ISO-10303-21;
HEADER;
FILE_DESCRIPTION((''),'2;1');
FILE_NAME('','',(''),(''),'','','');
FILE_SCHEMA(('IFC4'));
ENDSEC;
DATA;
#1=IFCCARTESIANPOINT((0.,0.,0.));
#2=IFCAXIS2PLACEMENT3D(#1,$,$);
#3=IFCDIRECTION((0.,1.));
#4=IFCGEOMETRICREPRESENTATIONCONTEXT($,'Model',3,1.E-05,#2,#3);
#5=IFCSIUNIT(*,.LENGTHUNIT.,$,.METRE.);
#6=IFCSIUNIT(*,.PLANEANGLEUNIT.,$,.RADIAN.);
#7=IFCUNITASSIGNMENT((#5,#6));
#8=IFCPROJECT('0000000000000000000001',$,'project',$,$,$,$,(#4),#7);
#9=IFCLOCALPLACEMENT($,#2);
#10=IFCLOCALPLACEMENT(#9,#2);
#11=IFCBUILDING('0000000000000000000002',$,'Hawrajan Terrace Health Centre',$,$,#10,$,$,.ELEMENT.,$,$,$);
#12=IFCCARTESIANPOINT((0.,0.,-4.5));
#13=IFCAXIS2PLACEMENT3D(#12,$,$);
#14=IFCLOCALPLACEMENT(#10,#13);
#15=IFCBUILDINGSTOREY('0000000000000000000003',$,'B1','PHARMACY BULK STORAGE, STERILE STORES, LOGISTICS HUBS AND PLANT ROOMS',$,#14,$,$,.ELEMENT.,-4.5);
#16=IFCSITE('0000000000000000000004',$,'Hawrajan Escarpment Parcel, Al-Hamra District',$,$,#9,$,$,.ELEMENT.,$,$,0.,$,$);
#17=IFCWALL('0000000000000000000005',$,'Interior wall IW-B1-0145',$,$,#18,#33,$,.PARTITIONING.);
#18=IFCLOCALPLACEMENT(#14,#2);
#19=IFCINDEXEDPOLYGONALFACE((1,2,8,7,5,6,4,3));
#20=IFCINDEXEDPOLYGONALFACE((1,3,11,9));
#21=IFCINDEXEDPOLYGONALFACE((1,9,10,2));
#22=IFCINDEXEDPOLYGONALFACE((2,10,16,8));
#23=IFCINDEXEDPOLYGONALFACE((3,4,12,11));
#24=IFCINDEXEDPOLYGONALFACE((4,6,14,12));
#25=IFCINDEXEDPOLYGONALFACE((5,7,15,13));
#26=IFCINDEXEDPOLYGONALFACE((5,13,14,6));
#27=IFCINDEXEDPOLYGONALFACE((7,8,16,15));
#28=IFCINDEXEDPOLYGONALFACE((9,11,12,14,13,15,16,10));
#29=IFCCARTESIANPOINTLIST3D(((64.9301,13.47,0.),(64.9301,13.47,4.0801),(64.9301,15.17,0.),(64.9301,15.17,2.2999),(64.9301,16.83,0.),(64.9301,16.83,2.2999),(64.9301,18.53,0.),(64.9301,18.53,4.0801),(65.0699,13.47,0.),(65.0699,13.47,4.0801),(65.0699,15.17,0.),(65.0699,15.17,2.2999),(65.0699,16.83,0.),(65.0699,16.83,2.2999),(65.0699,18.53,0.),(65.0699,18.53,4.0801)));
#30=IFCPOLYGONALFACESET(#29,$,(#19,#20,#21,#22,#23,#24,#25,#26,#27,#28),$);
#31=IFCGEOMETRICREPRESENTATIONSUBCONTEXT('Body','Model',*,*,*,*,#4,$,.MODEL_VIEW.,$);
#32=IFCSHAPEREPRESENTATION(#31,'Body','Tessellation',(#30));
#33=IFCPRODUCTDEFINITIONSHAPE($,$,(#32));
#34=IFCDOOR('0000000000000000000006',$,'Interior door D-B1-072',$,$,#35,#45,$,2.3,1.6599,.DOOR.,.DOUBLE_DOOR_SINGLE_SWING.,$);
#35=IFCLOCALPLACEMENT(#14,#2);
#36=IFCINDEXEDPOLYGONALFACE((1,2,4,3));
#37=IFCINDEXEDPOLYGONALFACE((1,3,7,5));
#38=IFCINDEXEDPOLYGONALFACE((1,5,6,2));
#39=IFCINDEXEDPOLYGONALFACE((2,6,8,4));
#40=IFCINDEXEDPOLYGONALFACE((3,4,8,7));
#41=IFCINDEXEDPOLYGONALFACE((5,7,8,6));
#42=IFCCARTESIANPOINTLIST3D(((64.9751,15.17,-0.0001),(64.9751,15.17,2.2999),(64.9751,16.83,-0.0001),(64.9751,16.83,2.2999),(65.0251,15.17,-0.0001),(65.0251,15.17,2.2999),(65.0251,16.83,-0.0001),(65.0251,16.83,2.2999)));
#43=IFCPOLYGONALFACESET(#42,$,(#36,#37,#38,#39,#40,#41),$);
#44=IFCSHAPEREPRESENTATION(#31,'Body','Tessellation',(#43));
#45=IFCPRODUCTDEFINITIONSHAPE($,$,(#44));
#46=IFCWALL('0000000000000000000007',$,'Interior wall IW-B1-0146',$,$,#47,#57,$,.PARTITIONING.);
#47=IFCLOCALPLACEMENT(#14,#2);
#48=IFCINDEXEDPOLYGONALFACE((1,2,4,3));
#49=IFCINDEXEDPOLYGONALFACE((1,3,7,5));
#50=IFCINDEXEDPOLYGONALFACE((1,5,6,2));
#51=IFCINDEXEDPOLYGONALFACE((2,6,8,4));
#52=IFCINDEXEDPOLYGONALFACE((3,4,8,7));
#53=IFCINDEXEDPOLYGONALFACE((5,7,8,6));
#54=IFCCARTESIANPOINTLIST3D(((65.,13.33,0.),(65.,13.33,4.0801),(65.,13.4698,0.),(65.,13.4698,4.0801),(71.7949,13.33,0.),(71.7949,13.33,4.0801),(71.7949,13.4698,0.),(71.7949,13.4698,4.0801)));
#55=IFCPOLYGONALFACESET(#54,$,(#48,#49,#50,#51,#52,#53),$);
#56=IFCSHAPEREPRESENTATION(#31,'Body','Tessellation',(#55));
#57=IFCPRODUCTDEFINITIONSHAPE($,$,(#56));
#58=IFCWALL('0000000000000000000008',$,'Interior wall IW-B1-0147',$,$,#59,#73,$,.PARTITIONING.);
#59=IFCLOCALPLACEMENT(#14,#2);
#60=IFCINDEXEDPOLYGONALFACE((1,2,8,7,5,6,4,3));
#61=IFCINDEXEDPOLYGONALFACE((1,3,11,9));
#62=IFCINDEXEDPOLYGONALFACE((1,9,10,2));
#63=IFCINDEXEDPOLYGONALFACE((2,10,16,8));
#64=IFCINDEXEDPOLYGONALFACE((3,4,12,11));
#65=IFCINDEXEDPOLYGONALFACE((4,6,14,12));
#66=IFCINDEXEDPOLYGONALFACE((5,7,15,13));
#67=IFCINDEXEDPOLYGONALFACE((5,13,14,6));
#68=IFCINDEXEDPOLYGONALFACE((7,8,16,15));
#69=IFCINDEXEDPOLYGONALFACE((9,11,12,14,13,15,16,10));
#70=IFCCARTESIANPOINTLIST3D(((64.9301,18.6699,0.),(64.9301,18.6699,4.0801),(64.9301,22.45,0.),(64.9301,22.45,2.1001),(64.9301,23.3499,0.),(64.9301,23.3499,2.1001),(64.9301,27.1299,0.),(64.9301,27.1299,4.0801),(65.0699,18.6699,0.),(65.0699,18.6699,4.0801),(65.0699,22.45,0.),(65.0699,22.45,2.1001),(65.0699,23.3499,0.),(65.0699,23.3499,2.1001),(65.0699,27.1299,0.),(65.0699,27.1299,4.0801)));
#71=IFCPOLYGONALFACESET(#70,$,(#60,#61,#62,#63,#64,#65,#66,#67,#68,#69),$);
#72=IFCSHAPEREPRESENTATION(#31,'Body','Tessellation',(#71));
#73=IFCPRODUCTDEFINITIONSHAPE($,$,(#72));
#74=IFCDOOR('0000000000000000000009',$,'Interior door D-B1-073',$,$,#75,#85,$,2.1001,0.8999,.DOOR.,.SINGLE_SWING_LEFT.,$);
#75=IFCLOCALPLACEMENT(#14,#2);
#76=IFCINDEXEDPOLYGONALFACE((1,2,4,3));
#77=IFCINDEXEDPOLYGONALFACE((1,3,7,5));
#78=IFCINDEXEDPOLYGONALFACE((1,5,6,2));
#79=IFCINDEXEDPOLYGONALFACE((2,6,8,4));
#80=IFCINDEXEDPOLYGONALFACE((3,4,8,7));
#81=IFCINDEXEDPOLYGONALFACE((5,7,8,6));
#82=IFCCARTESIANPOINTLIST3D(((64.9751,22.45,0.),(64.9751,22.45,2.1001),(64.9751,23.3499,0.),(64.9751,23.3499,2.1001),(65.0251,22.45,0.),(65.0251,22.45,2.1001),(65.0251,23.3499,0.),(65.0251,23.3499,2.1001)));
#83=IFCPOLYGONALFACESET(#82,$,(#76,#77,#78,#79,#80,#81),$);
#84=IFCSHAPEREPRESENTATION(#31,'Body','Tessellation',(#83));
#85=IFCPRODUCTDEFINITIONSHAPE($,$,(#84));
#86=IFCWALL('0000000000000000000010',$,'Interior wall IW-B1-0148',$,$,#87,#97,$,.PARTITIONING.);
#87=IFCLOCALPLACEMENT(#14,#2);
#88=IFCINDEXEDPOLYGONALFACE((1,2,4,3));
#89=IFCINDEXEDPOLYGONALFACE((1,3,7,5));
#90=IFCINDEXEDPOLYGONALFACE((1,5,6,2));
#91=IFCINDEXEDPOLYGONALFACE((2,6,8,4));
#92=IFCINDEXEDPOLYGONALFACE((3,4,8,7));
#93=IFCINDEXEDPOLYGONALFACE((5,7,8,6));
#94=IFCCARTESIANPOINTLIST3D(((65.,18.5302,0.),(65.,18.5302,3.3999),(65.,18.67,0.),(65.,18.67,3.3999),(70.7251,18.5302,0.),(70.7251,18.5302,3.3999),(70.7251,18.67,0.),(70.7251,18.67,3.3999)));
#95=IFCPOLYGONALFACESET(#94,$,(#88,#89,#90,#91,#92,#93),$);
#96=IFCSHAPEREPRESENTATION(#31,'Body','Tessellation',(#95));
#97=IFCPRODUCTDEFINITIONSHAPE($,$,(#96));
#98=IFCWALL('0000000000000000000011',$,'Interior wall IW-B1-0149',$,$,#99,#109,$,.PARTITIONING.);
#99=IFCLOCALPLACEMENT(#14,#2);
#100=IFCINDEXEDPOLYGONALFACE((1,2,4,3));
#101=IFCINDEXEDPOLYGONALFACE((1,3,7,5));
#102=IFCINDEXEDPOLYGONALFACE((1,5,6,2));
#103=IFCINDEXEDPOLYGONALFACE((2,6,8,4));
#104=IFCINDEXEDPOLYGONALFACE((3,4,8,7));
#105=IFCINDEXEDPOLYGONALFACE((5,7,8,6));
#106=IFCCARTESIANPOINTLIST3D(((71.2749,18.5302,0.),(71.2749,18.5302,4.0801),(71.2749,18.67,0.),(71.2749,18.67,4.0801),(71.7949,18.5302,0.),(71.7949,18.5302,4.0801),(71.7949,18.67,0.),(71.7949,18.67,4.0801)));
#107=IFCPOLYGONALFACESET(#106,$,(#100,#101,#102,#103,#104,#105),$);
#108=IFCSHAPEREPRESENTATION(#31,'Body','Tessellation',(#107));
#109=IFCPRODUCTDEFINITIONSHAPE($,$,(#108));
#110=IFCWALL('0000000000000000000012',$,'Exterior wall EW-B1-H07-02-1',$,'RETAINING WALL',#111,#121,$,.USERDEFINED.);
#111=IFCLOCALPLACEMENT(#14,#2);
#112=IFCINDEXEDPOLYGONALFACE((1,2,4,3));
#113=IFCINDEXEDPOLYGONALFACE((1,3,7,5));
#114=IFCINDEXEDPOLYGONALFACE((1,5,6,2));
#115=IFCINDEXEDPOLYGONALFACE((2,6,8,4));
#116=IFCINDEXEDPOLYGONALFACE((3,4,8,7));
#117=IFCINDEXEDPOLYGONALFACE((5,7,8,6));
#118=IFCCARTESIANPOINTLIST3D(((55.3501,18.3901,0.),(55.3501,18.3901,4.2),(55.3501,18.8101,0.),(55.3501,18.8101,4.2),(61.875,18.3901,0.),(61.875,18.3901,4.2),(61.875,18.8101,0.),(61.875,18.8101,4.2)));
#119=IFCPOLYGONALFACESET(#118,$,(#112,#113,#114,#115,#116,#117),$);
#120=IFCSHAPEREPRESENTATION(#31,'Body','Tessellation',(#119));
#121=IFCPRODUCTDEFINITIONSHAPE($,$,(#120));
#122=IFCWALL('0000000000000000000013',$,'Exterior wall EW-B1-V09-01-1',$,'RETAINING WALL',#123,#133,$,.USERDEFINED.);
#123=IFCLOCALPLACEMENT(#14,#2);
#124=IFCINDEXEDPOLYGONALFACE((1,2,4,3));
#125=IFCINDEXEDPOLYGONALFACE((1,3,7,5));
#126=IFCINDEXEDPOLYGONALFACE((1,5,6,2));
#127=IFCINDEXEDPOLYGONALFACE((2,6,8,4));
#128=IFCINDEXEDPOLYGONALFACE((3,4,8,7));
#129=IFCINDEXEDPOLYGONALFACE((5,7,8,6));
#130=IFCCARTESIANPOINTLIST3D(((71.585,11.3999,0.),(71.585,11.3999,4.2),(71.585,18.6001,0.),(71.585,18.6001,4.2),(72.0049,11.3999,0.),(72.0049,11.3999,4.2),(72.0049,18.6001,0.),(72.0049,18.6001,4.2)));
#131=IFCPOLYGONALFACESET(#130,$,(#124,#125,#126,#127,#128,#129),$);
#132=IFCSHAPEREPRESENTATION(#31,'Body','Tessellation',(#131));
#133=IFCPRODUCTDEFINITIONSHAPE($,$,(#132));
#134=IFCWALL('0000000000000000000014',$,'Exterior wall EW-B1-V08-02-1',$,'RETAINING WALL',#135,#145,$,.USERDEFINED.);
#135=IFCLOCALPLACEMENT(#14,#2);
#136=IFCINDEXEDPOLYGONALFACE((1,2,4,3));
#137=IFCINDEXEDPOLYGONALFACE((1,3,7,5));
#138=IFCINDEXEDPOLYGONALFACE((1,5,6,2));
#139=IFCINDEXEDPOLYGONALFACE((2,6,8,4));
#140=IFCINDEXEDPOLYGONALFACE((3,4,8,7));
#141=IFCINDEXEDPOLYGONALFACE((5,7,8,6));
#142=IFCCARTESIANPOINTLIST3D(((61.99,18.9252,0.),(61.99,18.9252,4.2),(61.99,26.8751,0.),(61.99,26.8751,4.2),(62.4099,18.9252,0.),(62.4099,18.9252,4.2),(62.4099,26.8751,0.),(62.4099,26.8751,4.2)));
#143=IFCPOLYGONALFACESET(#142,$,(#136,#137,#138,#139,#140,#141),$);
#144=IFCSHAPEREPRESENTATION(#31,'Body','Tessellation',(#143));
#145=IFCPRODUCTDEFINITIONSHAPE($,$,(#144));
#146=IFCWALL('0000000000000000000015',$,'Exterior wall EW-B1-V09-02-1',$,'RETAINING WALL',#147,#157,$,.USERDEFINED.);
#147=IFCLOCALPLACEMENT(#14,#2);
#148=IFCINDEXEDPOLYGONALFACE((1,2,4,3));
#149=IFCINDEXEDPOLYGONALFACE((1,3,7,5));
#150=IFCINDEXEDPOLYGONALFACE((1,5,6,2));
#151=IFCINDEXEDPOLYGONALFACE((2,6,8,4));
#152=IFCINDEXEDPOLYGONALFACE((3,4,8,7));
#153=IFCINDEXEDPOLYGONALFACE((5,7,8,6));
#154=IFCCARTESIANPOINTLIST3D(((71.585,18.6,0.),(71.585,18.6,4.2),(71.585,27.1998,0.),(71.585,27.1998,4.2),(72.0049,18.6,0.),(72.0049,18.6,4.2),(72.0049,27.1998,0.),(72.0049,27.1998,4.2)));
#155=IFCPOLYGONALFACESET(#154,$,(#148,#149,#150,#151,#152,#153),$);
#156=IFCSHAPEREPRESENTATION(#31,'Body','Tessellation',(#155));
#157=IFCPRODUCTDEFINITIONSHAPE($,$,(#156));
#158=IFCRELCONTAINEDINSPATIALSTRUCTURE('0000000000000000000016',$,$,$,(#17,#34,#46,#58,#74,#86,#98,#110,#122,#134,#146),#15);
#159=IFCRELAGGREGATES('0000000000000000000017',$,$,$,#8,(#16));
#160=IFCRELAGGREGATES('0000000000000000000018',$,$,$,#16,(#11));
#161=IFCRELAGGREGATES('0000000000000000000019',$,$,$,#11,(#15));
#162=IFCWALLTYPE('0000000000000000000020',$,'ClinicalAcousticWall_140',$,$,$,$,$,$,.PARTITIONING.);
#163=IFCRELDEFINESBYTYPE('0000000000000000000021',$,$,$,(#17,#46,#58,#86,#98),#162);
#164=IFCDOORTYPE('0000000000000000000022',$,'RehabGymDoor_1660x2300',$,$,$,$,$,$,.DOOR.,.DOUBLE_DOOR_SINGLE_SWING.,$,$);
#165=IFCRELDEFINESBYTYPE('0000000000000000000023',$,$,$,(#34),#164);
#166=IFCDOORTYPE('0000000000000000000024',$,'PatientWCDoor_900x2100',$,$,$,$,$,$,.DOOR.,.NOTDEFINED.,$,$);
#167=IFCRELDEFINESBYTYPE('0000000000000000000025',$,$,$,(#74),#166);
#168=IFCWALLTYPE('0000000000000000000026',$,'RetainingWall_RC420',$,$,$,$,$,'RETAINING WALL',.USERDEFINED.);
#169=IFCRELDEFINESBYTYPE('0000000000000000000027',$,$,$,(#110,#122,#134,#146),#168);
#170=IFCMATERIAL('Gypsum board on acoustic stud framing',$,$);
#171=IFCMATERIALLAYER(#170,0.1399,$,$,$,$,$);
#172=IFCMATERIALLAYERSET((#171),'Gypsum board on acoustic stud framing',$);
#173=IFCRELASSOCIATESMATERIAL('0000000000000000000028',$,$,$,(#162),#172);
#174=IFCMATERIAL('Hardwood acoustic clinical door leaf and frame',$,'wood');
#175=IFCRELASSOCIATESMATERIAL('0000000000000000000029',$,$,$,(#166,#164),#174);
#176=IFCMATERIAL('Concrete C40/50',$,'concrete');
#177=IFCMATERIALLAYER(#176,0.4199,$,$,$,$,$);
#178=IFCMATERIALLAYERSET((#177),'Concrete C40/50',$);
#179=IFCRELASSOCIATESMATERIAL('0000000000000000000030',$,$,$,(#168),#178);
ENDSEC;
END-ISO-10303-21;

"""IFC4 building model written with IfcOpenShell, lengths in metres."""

from ifc_helpers import new_model, si_unit, direction, frame, frame_2d, origin, place, context, subcontext, project, spatial, rectangle, extrude, material, layer, layer_set, type_object, element, fill, save


model = new_model("IFC4")

# Units and contexts
model_context = context("Model", 3, precision=1e-05, world=origin(), true_north=direction((0.0, 1.0)))
body_context = subcontext(model_context, "Body", "Model", "MODEL_VIEW")
ifc_project = project(units=[si_unit("LENGTHUNIT", "METRE"), si_unit("PLANEANGLEUNIT", "RADIAN")], contexts=[model_context])

# Site, building, storey
site_placement = place(None, origin())
site = spatial("IfcSite", under=ifc_project, at=site_placement, Name="Hawrajan Escarpment Parcel, Al-Hamra District", CompositionType="ELEMENT", RefElevation=0.0)
building_placement = place(site_placement, origin())
building = spatial("IfcBuilding", under=site, at=building_placement, Name="Hawrajan Terrace Health Centre", CompositionType="ELEMENT")
storey_placement = place(building_placement, frame((0.0, 0.0, -4.5)))
storey = spatial("IfcBuildingStorey", under=building, at=storey_placement, Name="B1", Description="PHARMACY BULK STORAGE, STERILE STORES, LOGISTICS HUBS AND PLANT ROOMS", CompositionType="ELEMENT", Elevation=-4.5)

# Shared definitions
ifc_material_1 = material(Name="Concrete C40/50", Category="concrete")

# Shared definitions
ifc_material_2 = material(Name="Gypsum board on acoustic stud framing")
ifc_layer_1 = layer(ifc_material_2, 0.1399)
ifc_layer_set_1 = layer_set([ifc_layer_1], Name="Gypsum board on acoustic stud framing")
wall_type_1 = type_object("IfcWallType", Name="ClinicalAcousticWall_140", PredefinedType="PARTITIONING", material=ifc_layer_set_1)

# Wall, opening, door
ifc_material_3 = material(Name="Hardwood acoustic clinical door leaf and frame", Category="wood")
door_type_1 = type_object("IfcDoorType", Name="PatientWCDoor_900x2100", OperationType="NOTDEFINED", PredefinedType="DOOR", material=ifc_material_3)
wall_1_placement = place(storey_placement, frame((65.0, 13.47, 0.0), z_axis=(0.0, 0.0, 1.0), x_axis=(0.0, 1.0, 0.0)))
wall_1 = element("IfcWall", 1, at=wall_1_placement, inside=storey, type_object=wall_type_1, Name="Interior wall IW-B1-0145", PredefinedType="PARTITIONING", context=body_context, shape_type="SweptSolid", body=[
    extrude(rectangle(XDim=5.0601, YDim=0.1399, at=frame_2d((2.53, 0.0))), origin(), (0.0, 0.0, 1.0), 4.0801),
])
opening_1_placement = place(wall_1_placement, frame((1.7, 0.0, 0.0)))
opening_1 = element("IfcOpeningElement", 2, at=opening_1_placement, cuts=wall_1, PredefinedType="OPENING", context=body_context, shape_type="SweptSolid", body=[
    extrude(rectangle(XDim=1.6599, YDim=2.3, at=frame_2d((0.8301, 1.1499))), frame((0.0, 0.0798, 0.0), z_axis=(0.0, -1.0, 0.0), x_axis=(1.0, 0.0, 0.0)), (0.0, 0.0, 1.0), 0.1599),
])
door_type_2 = type_object("IfcDoorType", Name="RehabGymDoor_1660x2300", OperationType="DOUBLE_DOOR_SINGLE_SWING", PredefinedType="DOOR", material=ifc_material_3)
door_1_placement = place(opening_1_placement, origin())
door_1 = element("IfcDoor", 3, at=door_1_placement, inside=storey, type_object=door_type_2, Name="Interior door D-B1-072", OperationType="DOUBLE_DOOR_SINGLE_SWING", OverallHeight=2.3, OverallWidth=1.6599, PredefinedType="DOOR", context=body_context, shape_type="SweptSolid", body=[
    extrude(rectangle(XDim=1.6599, YDim=2.3, at=frame_2d((0.8301, 1.1499))), frame((0.0, 0.0249, 0.0), z_axis=(0.0, -1.0, 0.0), x_axis=(1.0, 0.0, 0.0)), (0.0, 0.0, 1.0), 0.05),
])
fill(opening_1, door_1)

# Wall
wall_2_placement = place(storey_placement, frame((65.0, 13.3999, 0.0), z_axis=(0.0, 0.0, 1.0), x_axis=(1.0, 0.0, 0.0)))
element("IfcWall", 4, at=wall_2_placement, inside=storey, type_object=wall_type_1, Name="Interior wall IW-B1-0146", PredefinedType="PARTITIONING", context=body_context, shape_type="SweptSolid", body=[
    extrude(rectangle(XDim=6.7949, YDim=0.1399, at=frame_2d((3.3975, 0.0))), origin(), (0.0, 0.0, 1.0), 4.0801),
])

# Wall, opening, door
wall_3_placement = place(storey_placement, frame((65.0, 18.6699, 0.0), z_axis=(0.0, 0.0, 1.0), x_axis=(0.0, 1.0, 0.0)))
wall_3 = element("IfcWall", 5, at=wall_3_placement, inside=storey, type_object=wall_type_1, Name="Interior wall IW-B1-0147", PredefinedType="PARTITIONING", context=body_context, shape_type="SweptSolid", body=[
    extrude(rectangle(XDim=8.46, YDim=0.1399, at=frame_2d((4.23, 0.0))), origin(), (0.0, 0.0, 1.0), 4.0801),
])
opening_2_placement = place(wall_3_placement, frame((3.78, 0.0, 0.0)))
opening_2 = element("IfcOpeningElement", 6, at=opening_2_placement, cuts=wall_3, PredefinedType="OPENING", context=body_context, shape_type="SweptSolid", body=[
    extrude(rectangle(XDim=0.8999, YDim=2.1001, at=frame_2d((0.45, 1.05))), frame((0.0, 0.0798, 0.0), z_axis=(0.0, -1.0, 0.0), x_axis=(1.0, 0.0, 0.0)), (0.0, 0.0, 1.0), 0.1599),
])
door_2_placement = place(opening_2_placement, origin())
door_2 = element("IfcDoor", 7, at=door_2_placement, inside=storey, type_object=door_type_1, Name="Interior door D-B1-073", OperationType="SINGLE_SWING_LEFT", OverallHeight=2.1001, OverallWidth=0.8999, PredefinedType="DOOR", context=body_context, shape_type="SweptSolid", body=[
    extrude(rectangle(XDim=0.8999, YDim=2.1001, at=frame_2d((0.45, 1.05))), frame((0.0, 0.0249, 0.0), z_axis=(0.0, -1.0, 0.0), x_axis=(1.0, 0.0, 0.0)), (0.0, 0.0, 1.0), 0.05),
])
fill(opening_2, door_2)

# Walls
wall_4_placement = place(storey_placement, frame((65.0, 18.6001, 0.0), z_axis=(0.0, 0.0, 1.0), x_axis=(1.0, 0.0, 0.0)))
element("IfcWall", 8, at=wall_4_placement, inside=storey, type_object=wall_type_1, Name="Interior wall IW-B1-0148", PredefinedType="PARTITIONING", context=body_context, shape_type="SweptSolid", body=[
    extrude(rectangle(XDim=5.7251, YDim=0.1399, at=frame_2d((2.8625, 0.0))), origin(), (0.0, 0.0, 1.0), 3.3999),
])
wall_5_placement = place(storey_placement, frame((71.2749, 18.6001, 0.0), z_axis=(0.0, 0.0, 1.0), x_axis=(1.0, 0.0, 0.0)))
element("IfcWall", 9, at=wall_5_placement, inside=storey, type_object=wall_type_1, Name="Interior wall IW-B1-0149", PredefinedType="PARTITIONING", context=body_context, shape_type="SweptSolid", body=[
    extrude(rectangle(XDim=0.52, YDim=0.1399, at=frame_2d((0.26, 0.0))), origin(), (0.0, 0.0, 1.0), 4.0801),
])
ifc_layer_2 = layer(ifc_material_1, 0.4199)
ifc_layer_set_2 = layer_set([ifc_layer_2], Name="Concrete C40/50")
wall_type_2 = type_object("IfcWallType", Name="RetainingWall_RC420", ElementType="RETAINING WALL", PredefinedType="USERDEFINED", material=ifc_layer_set_2)
wall_6_placement = place(storey_placement, frame((55.3501, 18.6001, 0.0), z_axis=(0.0, 0.0, 1.0), x_axis=(1.0, 0.0, 0.0)))
element("IfcWall", 10, at=wall_6_placement, inside=storey, type_object=wall_type_2, Name="Exterior wall EW-B1-H07-02-1", ObjectType="RETAINING WALL", PredefinedType="USERDEFINED", context=body_context, shape_type="SweptSolid", body=[
    extrude(rectangle(XDim=6.5249, YDim=0.4199, at=frame_2d((3.2625, 0.0))), origin(), (0.0, 0.0, 1.0), 4.2),
])
wall_7_placement = place(storey_placement, frame((71.7949, 11.3999, 0.0), z_axis=(0.0, 0.0, 1.0), x_axis=(0.0, 1.0, 0.0)))
element("IfcWall", 11, at=wall_7_placement, inside=storey, type_object=wall_type_2, Name="Exterior wall EW-B1-V09-01-1", ObjectType="RETAINING WALL", PredefinedType="USERDEFINED", context=body_context, shape_type="SweptSolid", body=[
    extrude(rectangle(XDim=7.2002, YDim=0.4199, at=frame_2d((3.6001, 0.0))), origin(), (0.0, 0.0, 1.0), 4.2),
])
wall_8_placement = place(storey_placement, frame((62.2, 18.925, 0.0), z_axis=(0.0, 0.0, 1.0), x_axis=(0.0, 1.0, 0.0)))
element("IfcWall", 12, at=wall_8_placement, inside=storey, type_object=wall_type_2, Name="Exterior wall EW-B1-V08-02-1", ObjectType="RETAINING WALL", PredefinedType="USERDEFINED", context=body_context, shape_type="SweptSolid", body=[
    extrude(rectangle(XDim=7.95, YDim=0.4199, at=frame_2d((3.9751, 0.0))), origin(), (0.0, 0.0, 1.0), 4.2),
])
wall_9_placement = place(storey_placement, frame((71.7949, 18.6001, 0.0), z_axis=(0.0, 0.0, 1.0), x_axis=(0.0, 1.0, 0.0)))
element("IfcWall", 13, at=wall_9_placement, inside=storey, type_object=wall_type_2, Name="Exterior wall EW-B1-V09-02-1", ObjectType="RETAINING WALL", PredefinedType="USERDEFINED", context=body_context, shape_type="SweptSolid", body=[
    extrude(rectangle(XDim=8.5999, YDim=0.4199, at=frame_2d((4.2998, 0.0))), origin(), (0.0, 0.0, 1.0), 4.2),
])

save(model, "model.ifc")
